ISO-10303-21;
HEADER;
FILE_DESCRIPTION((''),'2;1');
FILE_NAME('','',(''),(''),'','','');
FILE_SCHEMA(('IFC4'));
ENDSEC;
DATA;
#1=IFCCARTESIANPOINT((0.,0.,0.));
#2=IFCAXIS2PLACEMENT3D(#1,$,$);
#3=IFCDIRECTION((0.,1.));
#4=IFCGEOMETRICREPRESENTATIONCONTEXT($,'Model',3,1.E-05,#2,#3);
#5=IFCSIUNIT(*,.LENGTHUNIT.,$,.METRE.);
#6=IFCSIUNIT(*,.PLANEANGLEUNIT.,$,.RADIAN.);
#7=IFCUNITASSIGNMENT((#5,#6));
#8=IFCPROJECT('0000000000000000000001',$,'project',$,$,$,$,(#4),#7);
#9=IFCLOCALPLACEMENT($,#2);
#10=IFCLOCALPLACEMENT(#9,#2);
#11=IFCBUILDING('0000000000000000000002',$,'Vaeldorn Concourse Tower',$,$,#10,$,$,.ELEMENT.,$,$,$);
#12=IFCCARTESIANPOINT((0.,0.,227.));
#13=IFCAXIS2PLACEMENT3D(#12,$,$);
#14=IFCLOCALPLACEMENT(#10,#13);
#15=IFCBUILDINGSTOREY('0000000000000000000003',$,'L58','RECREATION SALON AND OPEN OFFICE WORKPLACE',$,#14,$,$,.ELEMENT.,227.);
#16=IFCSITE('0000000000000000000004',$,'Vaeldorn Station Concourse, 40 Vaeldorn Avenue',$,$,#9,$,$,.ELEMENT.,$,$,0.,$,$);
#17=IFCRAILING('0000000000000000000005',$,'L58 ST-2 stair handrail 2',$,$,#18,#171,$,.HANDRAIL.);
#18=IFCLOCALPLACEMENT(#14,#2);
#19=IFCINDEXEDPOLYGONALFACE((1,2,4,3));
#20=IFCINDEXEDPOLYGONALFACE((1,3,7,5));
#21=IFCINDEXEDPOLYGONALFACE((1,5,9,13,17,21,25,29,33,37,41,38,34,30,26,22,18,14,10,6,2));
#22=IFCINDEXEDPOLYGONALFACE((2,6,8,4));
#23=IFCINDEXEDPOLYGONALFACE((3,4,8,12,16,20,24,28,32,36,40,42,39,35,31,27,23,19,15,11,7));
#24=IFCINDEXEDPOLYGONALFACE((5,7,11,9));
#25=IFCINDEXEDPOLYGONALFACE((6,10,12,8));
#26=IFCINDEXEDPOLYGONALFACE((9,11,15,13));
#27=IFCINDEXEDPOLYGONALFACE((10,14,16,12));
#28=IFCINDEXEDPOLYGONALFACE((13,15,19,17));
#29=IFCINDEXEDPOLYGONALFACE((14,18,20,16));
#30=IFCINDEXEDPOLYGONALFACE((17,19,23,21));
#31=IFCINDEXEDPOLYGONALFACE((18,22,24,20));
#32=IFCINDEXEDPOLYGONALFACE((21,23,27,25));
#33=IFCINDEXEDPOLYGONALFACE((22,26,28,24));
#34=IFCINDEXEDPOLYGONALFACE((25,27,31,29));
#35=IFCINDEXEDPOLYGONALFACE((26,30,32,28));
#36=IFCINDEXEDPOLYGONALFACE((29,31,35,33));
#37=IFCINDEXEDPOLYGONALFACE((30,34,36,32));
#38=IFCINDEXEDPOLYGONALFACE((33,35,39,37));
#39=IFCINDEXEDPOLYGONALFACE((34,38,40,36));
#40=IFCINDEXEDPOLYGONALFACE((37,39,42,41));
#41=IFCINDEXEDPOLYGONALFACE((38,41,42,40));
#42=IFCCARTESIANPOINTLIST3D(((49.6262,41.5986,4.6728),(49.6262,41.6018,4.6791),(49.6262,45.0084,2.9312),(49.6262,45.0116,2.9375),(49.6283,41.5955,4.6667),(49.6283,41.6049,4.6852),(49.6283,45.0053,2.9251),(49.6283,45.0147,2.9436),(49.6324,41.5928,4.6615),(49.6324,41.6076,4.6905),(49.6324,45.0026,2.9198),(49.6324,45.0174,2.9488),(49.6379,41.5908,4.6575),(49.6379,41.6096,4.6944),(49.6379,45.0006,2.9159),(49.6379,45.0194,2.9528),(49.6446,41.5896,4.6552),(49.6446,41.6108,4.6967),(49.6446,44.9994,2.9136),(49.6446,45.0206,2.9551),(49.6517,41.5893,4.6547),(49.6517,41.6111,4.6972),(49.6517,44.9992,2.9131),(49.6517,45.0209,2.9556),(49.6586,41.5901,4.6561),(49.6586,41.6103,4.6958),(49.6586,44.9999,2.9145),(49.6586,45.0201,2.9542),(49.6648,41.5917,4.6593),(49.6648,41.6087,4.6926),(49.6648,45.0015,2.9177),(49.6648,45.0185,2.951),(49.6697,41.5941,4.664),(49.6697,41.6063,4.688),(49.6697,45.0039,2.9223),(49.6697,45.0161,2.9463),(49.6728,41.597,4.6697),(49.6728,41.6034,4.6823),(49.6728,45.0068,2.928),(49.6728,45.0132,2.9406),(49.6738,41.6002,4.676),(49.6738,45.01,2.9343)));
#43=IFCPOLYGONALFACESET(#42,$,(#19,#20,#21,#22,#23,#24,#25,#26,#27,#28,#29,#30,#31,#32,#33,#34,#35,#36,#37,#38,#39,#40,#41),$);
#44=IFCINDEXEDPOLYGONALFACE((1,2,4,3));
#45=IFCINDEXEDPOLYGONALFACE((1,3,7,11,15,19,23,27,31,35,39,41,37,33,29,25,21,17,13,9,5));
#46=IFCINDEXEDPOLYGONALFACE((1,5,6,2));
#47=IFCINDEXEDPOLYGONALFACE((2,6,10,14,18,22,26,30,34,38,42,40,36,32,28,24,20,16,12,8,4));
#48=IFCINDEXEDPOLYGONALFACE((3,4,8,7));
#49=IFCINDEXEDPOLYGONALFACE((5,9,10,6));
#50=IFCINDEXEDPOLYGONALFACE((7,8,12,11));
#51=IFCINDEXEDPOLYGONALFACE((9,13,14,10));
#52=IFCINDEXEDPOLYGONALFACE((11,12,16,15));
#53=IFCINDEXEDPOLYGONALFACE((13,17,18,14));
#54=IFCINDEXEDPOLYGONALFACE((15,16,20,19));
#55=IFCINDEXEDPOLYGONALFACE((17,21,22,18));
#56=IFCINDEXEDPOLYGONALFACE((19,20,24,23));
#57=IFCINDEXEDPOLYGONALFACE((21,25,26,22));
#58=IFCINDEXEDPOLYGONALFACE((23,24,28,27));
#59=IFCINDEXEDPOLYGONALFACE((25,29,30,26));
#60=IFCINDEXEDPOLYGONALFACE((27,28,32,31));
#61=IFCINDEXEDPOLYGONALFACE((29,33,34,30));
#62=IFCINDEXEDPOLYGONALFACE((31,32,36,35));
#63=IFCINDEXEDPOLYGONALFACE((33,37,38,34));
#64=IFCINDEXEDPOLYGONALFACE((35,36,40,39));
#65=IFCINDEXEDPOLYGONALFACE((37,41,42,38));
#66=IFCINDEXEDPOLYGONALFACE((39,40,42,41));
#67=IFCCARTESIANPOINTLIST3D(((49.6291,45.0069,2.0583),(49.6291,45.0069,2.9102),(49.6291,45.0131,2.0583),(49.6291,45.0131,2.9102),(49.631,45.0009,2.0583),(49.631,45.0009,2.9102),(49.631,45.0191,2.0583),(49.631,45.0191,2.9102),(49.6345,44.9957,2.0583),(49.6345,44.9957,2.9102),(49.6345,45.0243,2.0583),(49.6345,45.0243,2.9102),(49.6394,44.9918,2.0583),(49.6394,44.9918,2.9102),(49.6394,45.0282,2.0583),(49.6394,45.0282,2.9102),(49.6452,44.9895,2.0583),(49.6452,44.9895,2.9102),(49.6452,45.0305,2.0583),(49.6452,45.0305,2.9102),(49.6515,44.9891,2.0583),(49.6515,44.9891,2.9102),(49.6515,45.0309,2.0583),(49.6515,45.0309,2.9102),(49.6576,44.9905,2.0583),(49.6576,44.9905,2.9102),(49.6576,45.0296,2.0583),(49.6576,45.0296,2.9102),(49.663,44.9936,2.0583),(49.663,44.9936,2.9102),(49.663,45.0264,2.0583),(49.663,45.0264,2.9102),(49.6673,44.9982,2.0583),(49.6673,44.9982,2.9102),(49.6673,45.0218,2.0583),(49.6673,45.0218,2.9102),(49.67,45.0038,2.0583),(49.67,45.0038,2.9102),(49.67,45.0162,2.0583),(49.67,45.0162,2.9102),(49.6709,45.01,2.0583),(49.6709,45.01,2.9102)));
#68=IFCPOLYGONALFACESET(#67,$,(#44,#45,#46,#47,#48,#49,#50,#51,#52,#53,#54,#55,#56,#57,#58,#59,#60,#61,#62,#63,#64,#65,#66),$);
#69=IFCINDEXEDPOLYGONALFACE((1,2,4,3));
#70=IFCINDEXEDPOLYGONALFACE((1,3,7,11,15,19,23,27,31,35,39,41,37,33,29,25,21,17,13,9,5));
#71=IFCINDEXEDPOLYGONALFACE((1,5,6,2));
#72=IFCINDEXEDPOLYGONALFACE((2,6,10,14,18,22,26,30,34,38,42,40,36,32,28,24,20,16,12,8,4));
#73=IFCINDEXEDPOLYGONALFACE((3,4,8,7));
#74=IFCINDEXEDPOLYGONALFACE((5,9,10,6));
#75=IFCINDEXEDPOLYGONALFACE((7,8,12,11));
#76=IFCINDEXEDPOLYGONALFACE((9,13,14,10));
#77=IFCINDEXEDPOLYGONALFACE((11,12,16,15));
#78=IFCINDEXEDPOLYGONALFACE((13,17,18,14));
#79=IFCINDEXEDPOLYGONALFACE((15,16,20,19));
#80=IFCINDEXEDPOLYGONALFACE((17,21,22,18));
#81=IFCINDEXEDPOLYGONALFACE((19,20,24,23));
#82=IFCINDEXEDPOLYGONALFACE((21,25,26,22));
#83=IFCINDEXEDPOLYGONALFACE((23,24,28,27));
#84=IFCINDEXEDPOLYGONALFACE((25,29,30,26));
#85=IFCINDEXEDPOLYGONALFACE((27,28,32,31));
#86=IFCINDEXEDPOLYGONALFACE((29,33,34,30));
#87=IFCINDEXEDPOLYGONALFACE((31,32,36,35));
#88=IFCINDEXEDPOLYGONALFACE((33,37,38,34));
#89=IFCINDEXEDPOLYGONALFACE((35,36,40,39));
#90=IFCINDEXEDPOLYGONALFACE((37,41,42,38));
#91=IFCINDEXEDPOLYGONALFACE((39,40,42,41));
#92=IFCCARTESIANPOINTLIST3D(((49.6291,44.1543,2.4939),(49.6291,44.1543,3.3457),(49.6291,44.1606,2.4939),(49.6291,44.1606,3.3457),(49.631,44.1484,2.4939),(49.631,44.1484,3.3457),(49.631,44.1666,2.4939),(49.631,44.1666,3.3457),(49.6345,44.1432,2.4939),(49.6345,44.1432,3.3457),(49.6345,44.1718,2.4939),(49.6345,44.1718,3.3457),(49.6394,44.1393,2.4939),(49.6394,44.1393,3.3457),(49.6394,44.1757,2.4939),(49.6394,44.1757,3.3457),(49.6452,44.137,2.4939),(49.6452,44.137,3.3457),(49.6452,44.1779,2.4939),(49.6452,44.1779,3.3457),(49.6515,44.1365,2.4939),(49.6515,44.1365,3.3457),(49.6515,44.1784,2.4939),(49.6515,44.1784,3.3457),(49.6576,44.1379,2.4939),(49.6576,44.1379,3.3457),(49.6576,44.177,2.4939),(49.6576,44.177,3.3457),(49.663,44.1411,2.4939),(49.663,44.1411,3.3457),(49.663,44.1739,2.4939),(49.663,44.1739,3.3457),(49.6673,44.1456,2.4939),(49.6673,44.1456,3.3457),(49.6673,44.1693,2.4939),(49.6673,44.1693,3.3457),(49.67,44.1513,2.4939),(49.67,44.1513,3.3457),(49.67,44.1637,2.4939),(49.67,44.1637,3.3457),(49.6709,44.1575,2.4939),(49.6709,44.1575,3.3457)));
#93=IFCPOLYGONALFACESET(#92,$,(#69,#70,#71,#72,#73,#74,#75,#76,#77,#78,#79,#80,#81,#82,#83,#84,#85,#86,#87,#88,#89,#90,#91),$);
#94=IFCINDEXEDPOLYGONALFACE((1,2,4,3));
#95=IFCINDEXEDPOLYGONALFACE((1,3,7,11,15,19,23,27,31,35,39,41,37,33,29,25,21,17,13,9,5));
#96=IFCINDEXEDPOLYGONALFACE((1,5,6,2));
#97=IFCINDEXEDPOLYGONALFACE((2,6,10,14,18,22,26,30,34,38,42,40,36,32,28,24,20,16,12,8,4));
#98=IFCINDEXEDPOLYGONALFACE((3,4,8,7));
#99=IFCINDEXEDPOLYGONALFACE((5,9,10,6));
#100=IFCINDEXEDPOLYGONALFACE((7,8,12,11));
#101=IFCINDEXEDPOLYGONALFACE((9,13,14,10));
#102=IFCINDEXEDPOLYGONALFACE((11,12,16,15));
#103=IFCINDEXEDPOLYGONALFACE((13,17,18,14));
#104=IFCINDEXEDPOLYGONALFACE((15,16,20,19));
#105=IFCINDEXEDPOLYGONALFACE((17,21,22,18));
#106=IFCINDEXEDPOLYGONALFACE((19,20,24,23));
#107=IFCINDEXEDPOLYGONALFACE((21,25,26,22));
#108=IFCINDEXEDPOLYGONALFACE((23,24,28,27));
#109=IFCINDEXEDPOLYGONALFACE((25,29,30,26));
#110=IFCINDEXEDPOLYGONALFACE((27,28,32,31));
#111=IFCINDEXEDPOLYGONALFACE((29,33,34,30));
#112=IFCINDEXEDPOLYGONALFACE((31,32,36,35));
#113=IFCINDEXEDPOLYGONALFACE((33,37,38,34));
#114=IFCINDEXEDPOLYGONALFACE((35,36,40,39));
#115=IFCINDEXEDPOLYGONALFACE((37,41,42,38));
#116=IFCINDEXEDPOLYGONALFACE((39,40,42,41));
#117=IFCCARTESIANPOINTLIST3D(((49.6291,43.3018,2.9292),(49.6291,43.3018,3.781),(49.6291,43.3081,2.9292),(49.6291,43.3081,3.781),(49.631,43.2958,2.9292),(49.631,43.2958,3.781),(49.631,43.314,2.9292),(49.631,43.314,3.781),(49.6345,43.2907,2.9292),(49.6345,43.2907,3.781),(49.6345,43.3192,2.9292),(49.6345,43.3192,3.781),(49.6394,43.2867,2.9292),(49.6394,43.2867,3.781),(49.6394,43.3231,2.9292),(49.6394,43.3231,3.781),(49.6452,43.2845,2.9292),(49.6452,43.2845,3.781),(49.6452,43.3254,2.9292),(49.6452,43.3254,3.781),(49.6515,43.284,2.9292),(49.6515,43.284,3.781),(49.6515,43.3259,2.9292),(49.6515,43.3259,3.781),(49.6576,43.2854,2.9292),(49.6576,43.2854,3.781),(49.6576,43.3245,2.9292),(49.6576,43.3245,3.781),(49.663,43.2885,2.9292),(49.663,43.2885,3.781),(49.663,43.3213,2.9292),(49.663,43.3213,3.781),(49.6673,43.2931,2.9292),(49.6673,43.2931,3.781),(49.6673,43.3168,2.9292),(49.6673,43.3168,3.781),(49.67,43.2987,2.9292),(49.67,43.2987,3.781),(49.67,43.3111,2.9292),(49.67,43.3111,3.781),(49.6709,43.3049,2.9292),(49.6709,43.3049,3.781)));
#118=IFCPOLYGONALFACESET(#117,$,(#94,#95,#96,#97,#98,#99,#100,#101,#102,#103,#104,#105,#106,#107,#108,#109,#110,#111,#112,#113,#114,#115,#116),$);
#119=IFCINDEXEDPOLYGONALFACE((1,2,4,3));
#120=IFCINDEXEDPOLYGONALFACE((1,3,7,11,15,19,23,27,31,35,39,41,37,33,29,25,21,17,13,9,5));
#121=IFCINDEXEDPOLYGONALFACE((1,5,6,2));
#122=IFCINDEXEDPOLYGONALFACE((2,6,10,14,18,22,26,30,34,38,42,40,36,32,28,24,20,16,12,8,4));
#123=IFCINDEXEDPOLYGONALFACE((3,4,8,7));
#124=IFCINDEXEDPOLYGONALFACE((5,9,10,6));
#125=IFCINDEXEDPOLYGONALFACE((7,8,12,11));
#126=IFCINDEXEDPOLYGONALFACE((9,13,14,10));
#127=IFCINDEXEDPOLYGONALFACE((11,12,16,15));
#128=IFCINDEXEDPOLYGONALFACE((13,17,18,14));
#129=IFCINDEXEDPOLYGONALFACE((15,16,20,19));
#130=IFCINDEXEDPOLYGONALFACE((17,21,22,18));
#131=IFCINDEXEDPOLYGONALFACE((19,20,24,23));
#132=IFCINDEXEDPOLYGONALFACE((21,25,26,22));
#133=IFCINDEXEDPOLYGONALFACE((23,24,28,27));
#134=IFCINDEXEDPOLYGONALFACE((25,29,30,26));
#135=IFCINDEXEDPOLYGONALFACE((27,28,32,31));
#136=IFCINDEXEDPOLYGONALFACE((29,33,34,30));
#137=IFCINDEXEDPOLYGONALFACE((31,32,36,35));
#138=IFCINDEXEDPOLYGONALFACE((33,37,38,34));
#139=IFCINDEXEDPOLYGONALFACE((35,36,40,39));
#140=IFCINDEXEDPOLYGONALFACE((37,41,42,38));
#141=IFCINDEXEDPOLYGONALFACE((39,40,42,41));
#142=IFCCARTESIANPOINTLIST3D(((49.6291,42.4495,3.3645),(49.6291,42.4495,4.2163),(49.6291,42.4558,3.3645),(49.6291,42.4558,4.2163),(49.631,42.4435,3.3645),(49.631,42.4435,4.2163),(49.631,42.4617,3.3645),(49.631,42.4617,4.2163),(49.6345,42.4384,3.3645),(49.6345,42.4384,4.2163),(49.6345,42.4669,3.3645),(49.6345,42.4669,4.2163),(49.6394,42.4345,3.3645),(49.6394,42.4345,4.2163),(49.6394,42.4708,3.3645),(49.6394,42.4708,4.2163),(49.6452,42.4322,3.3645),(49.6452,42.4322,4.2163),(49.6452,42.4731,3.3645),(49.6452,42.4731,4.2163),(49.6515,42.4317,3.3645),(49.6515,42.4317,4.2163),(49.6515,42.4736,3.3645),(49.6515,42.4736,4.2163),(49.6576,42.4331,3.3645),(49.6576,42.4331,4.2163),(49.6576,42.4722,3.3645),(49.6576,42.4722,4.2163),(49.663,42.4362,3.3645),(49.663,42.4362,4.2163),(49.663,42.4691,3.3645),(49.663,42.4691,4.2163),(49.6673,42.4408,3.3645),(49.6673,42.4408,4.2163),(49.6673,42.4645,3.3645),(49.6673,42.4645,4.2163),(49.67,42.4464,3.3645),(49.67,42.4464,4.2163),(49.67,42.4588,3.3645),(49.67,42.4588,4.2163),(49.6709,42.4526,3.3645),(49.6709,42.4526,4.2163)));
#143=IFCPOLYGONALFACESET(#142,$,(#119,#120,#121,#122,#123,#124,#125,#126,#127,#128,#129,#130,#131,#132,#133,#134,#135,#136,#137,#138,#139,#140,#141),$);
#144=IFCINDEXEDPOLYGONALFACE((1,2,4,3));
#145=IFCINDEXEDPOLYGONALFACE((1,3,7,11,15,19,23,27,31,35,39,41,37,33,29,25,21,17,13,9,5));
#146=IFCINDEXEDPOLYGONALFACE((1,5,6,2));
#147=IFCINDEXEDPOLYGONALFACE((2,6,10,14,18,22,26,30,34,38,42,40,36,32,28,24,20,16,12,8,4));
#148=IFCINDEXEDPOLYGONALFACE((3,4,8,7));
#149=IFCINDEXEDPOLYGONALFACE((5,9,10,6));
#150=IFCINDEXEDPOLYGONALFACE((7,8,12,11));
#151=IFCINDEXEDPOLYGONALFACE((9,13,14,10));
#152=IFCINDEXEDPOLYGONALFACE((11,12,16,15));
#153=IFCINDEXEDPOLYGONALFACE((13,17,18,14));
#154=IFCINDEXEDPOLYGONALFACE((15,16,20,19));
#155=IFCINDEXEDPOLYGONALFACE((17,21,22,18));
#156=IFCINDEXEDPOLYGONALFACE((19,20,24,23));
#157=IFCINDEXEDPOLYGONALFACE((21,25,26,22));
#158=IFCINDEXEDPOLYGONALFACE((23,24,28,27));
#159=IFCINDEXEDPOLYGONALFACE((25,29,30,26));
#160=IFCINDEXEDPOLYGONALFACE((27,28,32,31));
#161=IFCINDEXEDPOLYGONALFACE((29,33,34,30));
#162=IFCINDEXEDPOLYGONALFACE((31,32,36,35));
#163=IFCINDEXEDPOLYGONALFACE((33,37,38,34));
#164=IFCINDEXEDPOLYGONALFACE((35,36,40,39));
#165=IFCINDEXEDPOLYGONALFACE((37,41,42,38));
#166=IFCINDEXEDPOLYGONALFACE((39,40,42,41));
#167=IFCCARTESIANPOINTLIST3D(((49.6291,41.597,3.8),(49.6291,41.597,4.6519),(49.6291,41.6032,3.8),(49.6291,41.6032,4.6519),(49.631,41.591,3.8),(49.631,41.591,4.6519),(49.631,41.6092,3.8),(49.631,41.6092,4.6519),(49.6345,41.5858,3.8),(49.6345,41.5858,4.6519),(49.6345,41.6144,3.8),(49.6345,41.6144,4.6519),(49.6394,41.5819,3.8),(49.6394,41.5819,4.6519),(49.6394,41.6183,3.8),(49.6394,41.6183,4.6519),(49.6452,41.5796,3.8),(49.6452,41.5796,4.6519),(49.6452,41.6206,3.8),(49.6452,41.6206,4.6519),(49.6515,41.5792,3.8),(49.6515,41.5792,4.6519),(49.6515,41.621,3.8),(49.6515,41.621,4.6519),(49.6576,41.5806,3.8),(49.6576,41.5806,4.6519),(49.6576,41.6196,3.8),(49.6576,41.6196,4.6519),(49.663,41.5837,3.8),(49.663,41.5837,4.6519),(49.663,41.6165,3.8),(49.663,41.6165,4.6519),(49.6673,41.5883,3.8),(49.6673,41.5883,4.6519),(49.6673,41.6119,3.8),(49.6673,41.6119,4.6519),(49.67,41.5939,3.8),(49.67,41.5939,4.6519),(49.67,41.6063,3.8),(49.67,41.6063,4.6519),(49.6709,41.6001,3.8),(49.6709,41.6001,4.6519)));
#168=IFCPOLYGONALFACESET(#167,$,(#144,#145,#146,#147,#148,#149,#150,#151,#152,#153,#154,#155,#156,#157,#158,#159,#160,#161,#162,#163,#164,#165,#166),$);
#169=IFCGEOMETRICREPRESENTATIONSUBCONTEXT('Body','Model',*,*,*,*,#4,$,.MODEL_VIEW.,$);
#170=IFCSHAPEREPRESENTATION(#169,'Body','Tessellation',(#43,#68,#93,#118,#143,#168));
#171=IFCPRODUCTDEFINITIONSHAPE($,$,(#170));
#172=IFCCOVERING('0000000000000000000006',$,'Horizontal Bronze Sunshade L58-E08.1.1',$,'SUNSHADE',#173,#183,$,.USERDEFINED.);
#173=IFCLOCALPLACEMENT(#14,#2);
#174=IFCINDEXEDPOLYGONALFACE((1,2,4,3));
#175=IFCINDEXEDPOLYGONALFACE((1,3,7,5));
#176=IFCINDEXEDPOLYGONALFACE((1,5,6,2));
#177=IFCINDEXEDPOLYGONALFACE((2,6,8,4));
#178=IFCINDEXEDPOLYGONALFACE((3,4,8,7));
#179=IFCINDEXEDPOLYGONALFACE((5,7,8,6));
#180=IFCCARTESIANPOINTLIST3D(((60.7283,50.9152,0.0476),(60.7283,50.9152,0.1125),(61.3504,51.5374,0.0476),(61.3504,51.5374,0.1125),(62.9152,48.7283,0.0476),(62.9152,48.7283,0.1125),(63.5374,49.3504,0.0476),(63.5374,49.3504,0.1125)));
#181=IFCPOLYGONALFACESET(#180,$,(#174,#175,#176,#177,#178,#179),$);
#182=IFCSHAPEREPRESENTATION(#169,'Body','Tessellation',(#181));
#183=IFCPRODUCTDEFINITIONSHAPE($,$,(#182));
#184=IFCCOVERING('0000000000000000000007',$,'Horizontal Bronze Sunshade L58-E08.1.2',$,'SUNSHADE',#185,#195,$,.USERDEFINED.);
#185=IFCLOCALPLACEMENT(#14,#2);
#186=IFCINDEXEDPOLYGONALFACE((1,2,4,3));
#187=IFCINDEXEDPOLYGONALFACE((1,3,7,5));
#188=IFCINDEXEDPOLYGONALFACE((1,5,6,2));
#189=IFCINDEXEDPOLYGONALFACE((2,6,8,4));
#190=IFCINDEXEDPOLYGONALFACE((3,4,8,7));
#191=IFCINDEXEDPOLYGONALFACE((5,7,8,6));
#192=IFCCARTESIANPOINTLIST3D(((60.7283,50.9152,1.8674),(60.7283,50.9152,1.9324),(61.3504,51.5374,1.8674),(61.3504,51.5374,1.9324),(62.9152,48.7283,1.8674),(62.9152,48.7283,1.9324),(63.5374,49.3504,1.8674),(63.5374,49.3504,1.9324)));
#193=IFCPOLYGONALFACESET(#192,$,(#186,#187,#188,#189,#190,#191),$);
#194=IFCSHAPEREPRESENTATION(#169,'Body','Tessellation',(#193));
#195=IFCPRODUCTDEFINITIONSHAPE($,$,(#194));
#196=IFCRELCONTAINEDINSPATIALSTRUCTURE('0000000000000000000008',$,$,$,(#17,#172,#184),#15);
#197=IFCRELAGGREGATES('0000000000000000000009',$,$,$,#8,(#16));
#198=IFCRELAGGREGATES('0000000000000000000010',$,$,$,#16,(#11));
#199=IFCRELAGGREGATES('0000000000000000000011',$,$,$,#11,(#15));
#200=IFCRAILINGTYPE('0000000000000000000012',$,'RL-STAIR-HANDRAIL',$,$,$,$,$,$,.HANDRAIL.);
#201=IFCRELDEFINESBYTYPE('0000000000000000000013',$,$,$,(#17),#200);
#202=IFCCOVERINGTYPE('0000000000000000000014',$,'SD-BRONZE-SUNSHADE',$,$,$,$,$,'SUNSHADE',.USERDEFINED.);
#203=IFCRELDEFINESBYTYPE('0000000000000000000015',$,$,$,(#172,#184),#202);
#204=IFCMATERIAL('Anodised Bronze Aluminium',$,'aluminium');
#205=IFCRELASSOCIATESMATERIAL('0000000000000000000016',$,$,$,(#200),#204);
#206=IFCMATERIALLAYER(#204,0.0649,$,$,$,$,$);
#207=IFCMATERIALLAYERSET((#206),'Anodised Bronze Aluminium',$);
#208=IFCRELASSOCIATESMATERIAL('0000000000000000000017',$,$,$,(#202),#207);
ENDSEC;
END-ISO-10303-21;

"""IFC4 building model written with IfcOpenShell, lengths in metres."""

from ifc_helpers import new_model, si_unit, direction, frame, origin, origin_2d, place, context, subcontext, project, spatial, rectangle, circle, extrude, source, transform, mapped, material, layer, layer_set, type_object, element, save


model = new_model("IFC4")

# Units and contexts
model_context = context("Model", 3, precision=1e-05, world=origin(), true_north=direction((0.0, 1.0)))
body_context = subcontext(model_context, "Body", "Model", "MODEL_VIEW")
ifc_project = project(units=[si_unit("LENGTHUNIT", "METRE"), si_unit("PLANEANGLEUNIT", "RADIAN")], contexts=[model_context])

# Site, building, storey
site_placement = place(None, origin())
site = spatial("IfcSite", under=ifc_project, at=site_placement, Name="Vaeldorn Station Concourse, 40 Vaeldorn Avenue", CompositionType="ELEMENT", RefElevation=0.0)
building_placement = place(site_placement, origin())
building = spatial("IfcBuilding", under=site, at=building_placement, Name="Vaeldorn Concourse Tower", CompositionType="ELEMENT")
storey_placement = place(building_placement, frame((0.0, 0.0, 227.0)))
storey = spatial("IfcBuildingStorey", under=building, at=storey_placement, Name="L58", Description="RECREATION SALON AND OPEN OFFICE WORKPLACE", CompositionType="ELEMENT", Elevation=227.0)

# Shared definitions
ifc_material_1 = material(Name="Anodised Bronze Aluminium", Category="aluminium")

# Railing
railing_type_1 = type_object("IfcRailingType", Name="RL-STAIR-HANDRAIL", PredefinedType="HANDRAIL", material=ifc_material_1)
railing_1_placement = place(storey_placement, frame((49.6499, 45.01, 2.0583)))
element("IfcRailing", 1, at=railing_1_placement, inside=storey, type_object=railing_type_1, Name="L58 ST-2 stair handrail 2", PredefinedType="HANDRAIL", context=body_context, shape_type="SweptSolid", body=[
    extrude(circle(Radius=0.0239, at=origin_2d()), frame((0.0, 0.0, 0.876), z_axis=(0.0, -0.890556, 0.454874), x_axis=(1.0, 0.0, 0.0)), (0.0, 0.0, 1.0), 3.8289),
    extrude(circle(Radius=0.021, at=origin_2d()), origin(), (0.0, 0.0, 1.0), 0.8518),
    extrude(circle(Radius=0.021, at=origin_2d()), frame((0.0, -0.8525, 0.4355)), (0.0, 0.0, 1.0), 0.8518),
    extrude(circle(Radius=0.021, at=origin_2d()), frame((0.0, -1.7051, 0.8708)), (0.0, 0.0, 1.0), 0.8518),
    extrude(circle(Radius=0.021, at=origin_2d()), frame((0.0, -2.5574, 1.3062)), (0.0, 0.0, 1.0), 0.8518),
    extrude(circle(Radius=0.021, at=origin_2d()), frame((0.0, -3.4099, 1.7417)), (0.0, 0.0, 1.0), 0.8518),
])

# Coverings
ifc_layer_1 = layer(ifc_material_1, 0.0649)
ifc_layer_set_1 = layer_set([ifc_layer_1], Name="Anodised Bronze Aluminium")
covering_type = type_object("IfcCoveringType", Name="SD-BRONZE-SUNSHADE", ElementType="SUNSHADE", PredefinedType="USERDEFINED", material=ifc_layer_set_1)
shared_shape_1 = source(origin(), body_context, "Body", "SweptSolid", [
    extrude(rectangle(XDim=3.0928, YDim=0.8799, at=origin_2d()), origin(), (0.0, 0.0, 1.0), 0.0649),
])
for number, where, z_axis, x_axis, name in (
    (2, (62.1328, 50.1328, 0.0476), (0.0, 0.0, 1.0), (-0.707107, 0.707107, 0.0), "Horizontal Bronze Sunshade L58-E08.1.1"),
    (3, (62.1328, 50.1328, 1.8674), (0.0, 0.0, 1.0), (-0.707107, 0.707107, 0.0), "Horizontal Bronze Sunshade L58-E08.1.2"),
):
    element("IfcCovering", number, at=place(storey_placement, frame(where, z_axis=z_axis, x_axis=x_axis)), inside=storey, type_object=covering_type, Name=name, ObjectType="SUNSHADE", PredefinedType="USERDEFINED", context=body_context, shape_type="MappedRepresentation", body=[
        mapped(shared_shape_1, transform((0.0, 0.0, 0.0), scale=1.0)),
    ])

save(model, "model.ifc")
